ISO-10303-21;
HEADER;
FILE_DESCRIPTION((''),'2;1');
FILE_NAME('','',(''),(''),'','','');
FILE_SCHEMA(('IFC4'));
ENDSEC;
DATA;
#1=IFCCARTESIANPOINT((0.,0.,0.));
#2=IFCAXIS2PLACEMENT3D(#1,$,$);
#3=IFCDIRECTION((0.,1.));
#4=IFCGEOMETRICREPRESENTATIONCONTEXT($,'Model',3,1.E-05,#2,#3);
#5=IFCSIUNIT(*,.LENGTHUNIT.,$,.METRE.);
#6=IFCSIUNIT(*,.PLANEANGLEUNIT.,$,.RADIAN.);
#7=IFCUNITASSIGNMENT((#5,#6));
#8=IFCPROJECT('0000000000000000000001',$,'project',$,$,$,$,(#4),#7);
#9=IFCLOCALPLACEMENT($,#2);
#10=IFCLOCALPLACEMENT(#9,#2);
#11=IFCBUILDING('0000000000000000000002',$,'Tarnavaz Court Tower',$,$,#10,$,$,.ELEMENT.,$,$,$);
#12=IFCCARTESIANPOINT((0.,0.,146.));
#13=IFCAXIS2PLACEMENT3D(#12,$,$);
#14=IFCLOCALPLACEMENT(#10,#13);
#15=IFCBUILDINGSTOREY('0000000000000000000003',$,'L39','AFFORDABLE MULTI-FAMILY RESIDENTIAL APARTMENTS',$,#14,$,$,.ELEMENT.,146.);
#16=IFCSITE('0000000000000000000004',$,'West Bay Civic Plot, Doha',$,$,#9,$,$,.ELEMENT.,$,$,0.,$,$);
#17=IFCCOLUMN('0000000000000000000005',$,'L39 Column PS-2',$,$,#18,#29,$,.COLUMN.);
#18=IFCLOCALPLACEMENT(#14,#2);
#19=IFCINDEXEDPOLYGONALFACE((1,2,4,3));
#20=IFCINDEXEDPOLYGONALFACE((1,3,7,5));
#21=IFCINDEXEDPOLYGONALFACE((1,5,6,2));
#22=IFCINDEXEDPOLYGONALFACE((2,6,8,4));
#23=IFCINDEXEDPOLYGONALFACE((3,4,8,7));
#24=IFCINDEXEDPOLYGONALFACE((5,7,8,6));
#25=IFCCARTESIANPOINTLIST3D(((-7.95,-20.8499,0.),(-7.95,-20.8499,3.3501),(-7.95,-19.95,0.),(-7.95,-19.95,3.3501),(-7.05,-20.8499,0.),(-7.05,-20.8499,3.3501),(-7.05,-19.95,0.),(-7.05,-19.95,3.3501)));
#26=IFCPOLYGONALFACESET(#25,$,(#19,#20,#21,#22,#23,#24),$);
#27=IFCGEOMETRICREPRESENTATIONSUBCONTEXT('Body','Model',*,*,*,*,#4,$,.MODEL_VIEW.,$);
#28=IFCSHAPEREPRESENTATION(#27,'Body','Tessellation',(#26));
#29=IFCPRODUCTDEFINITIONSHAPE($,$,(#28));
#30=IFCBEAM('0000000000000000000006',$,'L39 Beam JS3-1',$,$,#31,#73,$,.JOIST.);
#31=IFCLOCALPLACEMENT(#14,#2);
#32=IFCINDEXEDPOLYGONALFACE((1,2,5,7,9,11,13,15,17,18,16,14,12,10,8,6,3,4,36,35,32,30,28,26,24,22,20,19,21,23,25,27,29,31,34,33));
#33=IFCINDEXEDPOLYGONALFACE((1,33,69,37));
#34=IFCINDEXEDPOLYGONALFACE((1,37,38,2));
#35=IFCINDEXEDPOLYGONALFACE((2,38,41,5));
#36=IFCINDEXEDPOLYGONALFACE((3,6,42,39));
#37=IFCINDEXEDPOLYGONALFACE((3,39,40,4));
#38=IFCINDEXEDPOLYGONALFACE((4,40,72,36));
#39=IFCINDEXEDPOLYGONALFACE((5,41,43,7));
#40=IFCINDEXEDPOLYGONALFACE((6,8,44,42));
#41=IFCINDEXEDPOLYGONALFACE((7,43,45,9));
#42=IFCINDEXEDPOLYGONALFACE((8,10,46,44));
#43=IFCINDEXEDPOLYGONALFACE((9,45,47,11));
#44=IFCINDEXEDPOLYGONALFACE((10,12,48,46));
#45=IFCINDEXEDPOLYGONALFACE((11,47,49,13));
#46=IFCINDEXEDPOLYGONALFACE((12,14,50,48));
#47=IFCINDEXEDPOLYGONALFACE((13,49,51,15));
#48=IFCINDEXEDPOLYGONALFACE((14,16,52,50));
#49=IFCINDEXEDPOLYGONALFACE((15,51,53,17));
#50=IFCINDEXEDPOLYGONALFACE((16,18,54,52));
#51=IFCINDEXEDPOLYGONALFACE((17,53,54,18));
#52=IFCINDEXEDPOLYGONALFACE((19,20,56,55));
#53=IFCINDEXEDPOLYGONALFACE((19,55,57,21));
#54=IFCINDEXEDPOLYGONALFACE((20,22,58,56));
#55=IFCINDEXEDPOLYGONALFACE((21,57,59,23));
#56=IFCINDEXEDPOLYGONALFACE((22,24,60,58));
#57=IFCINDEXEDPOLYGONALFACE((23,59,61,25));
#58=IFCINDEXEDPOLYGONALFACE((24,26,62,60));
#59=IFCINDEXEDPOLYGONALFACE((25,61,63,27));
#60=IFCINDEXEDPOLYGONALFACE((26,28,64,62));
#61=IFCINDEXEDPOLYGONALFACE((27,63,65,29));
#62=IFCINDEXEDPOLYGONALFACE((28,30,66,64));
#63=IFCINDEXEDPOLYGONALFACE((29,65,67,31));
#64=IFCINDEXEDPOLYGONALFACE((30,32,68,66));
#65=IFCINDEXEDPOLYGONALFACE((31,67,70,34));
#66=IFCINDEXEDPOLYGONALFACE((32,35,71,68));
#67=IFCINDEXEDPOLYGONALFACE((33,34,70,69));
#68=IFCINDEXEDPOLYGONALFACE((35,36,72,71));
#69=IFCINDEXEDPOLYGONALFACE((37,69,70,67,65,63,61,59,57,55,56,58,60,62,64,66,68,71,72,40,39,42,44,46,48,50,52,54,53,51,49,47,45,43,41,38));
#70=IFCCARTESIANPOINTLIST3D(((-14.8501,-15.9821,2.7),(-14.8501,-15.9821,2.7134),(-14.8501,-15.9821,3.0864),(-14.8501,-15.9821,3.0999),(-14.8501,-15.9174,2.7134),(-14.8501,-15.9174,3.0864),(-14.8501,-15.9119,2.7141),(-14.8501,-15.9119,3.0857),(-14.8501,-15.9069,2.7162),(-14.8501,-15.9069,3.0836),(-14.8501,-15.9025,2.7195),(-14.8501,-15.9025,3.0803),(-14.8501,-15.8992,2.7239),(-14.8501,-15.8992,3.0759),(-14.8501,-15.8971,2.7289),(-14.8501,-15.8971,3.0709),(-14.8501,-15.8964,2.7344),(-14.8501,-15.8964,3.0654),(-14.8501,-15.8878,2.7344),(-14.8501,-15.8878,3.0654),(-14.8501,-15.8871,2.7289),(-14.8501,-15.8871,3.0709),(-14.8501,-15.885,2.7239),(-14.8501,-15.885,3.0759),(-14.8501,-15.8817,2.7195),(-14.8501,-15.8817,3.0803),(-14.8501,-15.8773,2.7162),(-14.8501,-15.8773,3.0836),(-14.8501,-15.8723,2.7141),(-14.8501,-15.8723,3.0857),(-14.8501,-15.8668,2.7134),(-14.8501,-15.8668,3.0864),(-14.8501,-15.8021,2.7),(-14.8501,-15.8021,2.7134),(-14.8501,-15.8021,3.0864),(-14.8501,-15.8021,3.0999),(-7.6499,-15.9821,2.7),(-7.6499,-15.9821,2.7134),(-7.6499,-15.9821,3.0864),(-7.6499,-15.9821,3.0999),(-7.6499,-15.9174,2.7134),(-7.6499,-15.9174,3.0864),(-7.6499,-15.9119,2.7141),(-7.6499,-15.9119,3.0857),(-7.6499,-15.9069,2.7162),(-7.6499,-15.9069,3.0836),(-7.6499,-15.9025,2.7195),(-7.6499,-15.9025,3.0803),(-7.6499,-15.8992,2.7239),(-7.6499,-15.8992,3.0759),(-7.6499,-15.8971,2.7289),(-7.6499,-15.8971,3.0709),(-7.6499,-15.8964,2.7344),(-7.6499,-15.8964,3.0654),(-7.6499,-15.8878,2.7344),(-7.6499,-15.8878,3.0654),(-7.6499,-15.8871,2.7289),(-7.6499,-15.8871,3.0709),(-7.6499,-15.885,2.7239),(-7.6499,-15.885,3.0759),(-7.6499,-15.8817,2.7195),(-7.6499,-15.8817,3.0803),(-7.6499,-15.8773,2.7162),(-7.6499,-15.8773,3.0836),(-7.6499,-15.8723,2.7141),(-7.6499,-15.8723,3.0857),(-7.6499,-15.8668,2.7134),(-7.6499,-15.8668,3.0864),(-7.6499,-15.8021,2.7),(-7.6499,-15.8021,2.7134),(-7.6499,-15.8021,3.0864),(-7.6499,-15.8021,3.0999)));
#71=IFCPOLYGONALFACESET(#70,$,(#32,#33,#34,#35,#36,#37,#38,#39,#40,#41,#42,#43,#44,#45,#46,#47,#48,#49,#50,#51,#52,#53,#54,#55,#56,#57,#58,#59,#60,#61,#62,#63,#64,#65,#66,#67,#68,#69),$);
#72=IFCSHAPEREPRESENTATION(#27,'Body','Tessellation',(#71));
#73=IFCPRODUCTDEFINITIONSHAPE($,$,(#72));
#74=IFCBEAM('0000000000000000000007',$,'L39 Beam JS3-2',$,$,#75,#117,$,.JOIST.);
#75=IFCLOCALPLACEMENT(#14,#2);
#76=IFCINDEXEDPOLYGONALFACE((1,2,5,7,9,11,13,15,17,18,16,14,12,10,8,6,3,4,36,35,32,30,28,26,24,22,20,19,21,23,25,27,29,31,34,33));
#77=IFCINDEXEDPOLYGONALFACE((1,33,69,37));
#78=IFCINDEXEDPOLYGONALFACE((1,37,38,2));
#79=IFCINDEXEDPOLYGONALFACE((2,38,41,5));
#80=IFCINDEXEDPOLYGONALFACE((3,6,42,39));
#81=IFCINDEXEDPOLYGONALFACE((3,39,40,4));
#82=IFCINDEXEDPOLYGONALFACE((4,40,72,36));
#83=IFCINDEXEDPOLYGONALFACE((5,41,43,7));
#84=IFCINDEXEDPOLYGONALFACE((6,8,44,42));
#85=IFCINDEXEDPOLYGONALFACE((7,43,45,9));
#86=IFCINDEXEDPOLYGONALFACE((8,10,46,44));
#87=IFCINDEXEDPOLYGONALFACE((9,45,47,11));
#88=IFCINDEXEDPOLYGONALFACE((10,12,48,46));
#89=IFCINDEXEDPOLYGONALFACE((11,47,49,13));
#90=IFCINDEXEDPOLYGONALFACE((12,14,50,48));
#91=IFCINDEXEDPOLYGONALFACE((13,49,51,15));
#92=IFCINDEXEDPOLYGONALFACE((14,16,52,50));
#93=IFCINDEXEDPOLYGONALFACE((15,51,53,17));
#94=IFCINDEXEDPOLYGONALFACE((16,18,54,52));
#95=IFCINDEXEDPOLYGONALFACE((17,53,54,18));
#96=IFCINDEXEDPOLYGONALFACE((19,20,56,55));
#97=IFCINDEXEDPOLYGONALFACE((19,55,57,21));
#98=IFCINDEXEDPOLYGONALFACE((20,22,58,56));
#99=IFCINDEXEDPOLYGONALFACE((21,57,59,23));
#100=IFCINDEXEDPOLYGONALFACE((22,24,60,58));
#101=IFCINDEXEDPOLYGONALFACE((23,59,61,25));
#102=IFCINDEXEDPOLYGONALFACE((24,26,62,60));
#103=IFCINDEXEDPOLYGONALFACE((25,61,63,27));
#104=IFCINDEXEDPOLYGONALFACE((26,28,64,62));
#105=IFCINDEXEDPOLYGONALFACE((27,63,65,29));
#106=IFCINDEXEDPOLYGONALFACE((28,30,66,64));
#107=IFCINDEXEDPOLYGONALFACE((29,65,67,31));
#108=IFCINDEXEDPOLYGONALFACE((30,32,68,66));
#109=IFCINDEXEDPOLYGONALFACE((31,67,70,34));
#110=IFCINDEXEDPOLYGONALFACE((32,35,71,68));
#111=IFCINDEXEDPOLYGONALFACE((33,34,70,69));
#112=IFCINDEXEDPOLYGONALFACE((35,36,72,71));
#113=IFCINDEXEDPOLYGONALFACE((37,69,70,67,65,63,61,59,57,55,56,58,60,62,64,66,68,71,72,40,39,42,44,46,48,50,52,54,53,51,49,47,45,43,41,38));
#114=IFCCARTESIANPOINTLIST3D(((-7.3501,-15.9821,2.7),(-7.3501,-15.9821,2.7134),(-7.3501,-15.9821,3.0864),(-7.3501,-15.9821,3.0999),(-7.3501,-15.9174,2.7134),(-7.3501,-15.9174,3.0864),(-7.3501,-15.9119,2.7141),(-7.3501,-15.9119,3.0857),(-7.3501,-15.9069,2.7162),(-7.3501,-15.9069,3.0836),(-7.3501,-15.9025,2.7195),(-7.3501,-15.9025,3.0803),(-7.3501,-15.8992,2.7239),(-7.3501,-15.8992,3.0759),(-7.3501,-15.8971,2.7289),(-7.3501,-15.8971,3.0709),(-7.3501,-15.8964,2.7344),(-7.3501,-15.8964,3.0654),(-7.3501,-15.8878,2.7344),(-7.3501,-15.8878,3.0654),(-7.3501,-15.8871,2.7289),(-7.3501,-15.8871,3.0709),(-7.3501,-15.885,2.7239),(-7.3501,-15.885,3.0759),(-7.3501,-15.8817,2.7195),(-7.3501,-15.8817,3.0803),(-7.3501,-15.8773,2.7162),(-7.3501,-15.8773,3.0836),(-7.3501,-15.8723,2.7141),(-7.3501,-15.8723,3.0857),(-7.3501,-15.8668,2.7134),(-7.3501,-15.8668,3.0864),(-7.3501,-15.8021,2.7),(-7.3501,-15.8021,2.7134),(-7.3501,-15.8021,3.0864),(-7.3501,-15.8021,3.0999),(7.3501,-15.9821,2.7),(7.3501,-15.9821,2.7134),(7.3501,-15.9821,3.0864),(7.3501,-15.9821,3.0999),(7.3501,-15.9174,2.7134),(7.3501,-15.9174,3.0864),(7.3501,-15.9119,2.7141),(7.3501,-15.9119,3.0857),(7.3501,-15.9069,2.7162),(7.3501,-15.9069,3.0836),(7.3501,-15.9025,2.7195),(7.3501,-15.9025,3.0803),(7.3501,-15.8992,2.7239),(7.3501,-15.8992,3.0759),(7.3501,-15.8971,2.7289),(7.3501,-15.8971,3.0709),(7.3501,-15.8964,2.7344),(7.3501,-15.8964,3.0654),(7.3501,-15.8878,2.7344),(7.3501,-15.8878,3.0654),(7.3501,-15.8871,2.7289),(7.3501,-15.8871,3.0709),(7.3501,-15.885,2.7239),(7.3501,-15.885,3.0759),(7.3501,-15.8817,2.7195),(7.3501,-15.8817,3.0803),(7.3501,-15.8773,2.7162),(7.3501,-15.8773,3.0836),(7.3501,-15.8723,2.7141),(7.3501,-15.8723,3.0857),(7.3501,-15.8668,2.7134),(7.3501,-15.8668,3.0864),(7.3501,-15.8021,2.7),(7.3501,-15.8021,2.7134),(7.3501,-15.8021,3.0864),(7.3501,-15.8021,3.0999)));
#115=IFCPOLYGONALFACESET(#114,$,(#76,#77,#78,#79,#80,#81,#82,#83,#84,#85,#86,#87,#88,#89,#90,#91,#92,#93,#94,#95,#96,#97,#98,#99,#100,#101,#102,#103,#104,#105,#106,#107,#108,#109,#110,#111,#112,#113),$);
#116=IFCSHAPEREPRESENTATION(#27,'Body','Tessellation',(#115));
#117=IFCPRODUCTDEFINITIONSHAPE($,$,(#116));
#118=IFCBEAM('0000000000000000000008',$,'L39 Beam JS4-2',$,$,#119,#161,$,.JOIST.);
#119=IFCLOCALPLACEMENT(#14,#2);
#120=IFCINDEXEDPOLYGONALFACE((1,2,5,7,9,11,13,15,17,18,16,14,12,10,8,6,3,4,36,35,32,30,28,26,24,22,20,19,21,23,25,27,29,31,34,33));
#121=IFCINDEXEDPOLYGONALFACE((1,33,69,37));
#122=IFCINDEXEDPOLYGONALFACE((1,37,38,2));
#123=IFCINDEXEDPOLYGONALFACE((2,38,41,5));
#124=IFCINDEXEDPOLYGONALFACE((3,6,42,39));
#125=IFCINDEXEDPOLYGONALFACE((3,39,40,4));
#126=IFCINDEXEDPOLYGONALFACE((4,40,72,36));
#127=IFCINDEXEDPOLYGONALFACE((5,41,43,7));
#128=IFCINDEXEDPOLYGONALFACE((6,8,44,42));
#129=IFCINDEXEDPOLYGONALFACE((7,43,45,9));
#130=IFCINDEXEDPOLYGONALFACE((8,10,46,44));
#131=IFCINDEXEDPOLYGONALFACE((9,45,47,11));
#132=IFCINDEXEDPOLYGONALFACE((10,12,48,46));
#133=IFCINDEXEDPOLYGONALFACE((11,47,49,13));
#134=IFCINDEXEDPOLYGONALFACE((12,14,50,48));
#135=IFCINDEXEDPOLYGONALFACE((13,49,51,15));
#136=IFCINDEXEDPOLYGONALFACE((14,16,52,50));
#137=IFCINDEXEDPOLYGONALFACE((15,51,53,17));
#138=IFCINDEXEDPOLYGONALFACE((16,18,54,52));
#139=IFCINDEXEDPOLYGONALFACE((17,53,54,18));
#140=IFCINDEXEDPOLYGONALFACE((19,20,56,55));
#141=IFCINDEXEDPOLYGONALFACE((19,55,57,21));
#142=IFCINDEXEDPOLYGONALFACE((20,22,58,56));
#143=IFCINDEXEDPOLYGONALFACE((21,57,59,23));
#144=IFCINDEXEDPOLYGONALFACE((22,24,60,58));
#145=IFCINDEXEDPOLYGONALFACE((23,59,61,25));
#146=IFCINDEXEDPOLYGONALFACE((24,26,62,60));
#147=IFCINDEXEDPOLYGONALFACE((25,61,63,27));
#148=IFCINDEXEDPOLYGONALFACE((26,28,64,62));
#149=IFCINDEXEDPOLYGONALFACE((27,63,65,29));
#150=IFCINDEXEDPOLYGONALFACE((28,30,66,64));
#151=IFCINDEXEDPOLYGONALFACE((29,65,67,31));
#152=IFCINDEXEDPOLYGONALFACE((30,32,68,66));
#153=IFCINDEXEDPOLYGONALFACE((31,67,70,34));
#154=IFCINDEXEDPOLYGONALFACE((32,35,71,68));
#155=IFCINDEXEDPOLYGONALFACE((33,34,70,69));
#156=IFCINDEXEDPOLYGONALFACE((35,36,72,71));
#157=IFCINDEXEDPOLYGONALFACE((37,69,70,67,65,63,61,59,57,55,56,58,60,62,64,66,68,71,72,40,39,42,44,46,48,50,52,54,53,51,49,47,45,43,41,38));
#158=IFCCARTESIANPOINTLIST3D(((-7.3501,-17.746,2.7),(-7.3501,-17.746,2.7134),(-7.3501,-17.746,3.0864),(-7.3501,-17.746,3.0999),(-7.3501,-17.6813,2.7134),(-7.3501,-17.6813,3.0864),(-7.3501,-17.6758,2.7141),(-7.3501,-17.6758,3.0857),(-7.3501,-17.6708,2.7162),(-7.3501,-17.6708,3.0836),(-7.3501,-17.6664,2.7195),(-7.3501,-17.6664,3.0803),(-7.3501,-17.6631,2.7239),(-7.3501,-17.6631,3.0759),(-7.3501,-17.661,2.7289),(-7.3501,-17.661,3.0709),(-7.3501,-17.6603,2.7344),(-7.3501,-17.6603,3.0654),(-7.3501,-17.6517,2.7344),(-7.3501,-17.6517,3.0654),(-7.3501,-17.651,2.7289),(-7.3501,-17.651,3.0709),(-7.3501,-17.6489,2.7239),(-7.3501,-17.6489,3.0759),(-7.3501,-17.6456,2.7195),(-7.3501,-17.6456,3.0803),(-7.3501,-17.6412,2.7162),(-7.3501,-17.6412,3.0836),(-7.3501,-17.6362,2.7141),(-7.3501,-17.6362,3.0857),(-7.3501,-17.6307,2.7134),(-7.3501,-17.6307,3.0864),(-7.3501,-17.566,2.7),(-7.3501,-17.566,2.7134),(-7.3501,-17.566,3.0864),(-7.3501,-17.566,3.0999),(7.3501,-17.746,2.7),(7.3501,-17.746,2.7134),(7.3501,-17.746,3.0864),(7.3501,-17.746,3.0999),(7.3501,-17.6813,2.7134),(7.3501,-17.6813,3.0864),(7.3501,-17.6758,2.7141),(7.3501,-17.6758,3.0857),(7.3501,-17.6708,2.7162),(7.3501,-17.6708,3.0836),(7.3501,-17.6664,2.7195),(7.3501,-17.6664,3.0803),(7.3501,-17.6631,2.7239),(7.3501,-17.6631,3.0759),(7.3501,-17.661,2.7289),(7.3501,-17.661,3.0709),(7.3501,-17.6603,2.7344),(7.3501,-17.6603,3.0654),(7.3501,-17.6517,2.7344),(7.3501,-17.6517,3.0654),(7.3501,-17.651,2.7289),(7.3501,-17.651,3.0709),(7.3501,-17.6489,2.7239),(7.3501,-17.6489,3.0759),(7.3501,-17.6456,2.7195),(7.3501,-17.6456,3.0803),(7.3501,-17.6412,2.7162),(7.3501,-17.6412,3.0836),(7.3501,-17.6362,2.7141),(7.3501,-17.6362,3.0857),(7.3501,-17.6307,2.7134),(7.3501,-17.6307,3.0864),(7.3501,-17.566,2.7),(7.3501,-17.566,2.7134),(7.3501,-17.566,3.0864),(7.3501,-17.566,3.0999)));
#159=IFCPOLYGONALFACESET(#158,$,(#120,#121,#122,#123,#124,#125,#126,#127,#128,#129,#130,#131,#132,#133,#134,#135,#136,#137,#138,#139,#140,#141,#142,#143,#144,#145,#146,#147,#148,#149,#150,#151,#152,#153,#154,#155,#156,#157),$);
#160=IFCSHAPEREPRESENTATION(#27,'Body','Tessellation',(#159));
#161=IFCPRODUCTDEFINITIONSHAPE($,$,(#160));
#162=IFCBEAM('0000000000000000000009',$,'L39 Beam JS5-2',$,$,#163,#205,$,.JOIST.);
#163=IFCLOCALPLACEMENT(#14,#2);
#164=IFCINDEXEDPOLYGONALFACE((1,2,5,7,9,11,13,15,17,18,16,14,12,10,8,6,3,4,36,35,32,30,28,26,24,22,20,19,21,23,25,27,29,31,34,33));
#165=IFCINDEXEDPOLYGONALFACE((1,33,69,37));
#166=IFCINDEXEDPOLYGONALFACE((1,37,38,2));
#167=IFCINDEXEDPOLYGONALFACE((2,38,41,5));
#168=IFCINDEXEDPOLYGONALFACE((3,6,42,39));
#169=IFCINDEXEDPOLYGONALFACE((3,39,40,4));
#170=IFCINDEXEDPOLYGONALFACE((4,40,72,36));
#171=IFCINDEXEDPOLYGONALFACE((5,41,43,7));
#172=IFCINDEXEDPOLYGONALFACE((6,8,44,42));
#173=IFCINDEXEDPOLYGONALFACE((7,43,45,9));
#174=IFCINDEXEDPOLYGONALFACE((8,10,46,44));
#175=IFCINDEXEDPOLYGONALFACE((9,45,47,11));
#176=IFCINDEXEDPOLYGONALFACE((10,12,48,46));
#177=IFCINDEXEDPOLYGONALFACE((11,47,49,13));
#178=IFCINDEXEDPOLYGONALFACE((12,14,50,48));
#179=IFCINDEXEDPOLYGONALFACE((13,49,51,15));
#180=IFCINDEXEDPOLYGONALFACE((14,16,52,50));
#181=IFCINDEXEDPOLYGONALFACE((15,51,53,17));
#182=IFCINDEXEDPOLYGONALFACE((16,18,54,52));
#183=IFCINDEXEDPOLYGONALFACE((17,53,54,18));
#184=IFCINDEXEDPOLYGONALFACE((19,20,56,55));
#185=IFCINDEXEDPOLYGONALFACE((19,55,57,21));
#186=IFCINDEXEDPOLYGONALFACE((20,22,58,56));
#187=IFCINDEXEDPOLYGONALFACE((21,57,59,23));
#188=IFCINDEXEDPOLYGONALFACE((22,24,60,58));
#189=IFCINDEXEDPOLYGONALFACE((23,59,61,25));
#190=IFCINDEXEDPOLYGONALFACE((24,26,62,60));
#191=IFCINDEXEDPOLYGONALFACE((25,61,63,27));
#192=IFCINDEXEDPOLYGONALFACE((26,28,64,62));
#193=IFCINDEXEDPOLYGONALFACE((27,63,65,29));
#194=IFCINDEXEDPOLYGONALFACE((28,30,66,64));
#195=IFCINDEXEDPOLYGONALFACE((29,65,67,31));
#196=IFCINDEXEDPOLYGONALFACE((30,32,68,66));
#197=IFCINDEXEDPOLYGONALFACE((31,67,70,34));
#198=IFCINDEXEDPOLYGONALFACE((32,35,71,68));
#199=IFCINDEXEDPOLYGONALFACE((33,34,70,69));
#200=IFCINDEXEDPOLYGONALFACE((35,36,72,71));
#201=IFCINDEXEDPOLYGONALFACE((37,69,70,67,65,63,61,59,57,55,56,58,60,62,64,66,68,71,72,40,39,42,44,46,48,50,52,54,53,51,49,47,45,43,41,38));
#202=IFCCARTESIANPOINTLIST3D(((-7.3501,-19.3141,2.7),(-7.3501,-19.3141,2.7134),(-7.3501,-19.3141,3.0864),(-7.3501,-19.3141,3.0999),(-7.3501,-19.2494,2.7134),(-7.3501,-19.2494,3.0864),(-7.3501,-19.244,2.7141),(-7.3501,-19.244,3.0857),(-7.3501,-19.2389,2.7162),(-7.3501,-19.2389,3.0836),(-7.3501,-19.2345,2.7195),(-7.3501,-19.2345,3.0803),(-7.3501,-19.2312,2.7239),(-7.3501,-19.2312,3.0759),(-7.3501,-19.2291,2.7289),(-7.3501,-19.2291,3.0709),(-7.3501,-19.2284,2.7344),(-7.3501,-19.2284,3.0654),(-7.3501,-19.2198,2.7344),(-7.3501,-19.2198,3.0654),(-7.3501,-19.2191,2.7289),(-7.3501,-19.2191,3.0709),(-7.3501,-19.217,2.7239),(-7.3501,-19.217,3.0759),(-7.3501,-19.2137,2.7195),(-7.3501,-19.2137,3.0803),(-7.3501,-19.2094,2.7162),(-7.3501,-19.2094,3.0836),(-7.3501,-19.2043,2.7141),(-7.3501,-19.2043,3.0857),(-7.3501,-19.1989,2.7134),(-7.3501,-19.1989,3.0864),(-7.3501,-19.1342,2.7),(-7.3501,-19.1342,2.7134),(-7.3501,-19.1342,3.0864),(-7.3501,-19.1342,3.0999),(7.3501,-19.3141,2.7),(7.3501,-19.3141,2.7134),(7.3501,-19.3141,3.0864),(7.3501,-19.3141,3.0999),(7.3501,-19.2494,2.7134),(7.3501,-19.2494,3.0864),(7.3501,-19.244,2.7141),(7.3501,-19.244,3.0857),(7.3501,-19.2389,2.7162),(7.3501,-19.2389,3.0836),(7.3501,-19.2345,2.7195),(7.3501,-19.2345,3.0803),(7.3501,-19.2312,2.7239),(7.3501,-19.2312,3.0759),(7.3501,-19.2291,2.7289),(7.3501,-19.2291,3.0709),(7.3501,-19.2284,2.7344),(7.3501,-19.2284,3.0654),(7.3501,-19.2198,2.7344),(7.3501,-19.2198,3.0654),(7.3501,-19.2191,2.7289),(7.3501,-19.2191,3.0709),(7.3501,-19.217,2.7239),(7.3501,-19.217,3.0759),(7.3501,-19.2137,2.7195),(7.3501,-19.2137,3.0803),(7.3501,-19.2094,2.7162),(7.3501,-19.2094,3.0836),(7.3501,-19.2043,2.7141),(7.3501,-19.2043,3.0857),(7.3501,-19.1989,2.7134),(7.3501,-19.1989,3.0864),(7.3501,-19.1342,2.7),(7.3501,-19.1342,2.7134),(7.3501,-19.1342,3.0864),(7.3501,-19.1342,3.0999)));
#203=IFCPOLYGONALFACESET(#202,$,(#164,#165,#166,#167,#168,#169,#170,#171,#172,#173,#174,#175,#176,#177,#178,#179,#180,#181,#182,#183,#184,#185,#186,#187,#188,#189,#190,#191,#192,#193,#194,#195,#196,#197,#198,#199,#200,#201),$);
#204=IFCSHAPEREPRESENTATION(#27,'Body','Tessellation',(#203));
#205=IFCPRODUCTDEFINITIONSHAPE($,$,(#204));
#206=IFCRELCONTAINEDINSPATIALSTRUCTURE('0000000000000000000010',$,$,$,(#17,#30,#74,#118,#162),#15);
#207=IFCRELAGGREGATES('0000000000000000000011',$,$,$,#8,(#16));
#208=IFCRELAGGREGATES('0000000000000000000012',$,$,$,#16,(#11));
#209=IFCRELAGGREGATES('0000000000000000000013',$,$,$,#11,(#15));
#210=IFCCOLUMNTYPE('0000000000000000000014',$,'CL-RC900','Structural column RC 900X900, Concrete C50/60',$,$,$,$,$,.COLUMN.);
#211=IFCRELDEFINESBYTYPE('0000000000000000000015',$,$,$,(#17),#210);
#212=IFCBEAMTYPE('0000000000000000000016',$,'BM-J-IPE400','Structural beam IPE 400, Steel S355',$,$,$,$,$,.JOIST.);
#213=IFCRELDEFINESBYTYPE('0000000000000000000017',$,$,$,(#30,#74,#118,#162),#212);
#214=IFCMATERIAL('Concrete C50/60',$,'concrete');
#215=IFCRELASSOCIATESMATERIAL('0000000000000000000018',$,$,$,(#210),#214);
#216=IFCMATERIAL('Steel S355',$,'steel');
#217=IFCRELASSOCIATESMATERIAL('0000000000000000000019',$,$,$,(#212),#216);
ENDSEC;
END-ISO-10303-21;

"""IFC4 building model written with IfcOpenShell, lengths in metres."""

from ifc_helpers import new_model, si_unit, direction, frame, origin, origin_2d, place, context, subcontext, project, spatial, rectangle, i_section, extrude, material, material_profile, profile_set, type_object, element, save


model = new_model("IFC4")

# Units and contexts
model_context = context("Model", 3, precision=1e-05, world=origin(), true_north=direction((0.0, 1.0)))
body_context = subcontext(model_context, "Body", "Model", "MODEL_VIEW")
ifc_project = project(units=[si_unit("LENGTHUNIT", "METRE"), si_unit("PLANEANGLEUNIT", "RADIAN")], contexts=[model_context])

# Site, building, storey
site_placement = place(None, origin())
site = spatial("IfcSite", under=ifc_project, at=site_placement, Name="West Bay Civic Plot, Doha", CompositionType="ELEMENT", RefElevation=0.0)
building_placement = place(site_placement, origin())
building = spatial("IfcBuilding", under=site, at=building_placement, Name="Tarnavaz Court Tower", CompositionType="ELEMENT")
storey_placement = place(building_placement, frame((0.0, 0.0, 146.0)))
storey = spatial("IfcBuildingStorey", under=building, at=storey_placement, Name="L39", Description="AFFORDABLE MULTI-FAMILY RESIDENTIAL APARTMENTS", CompositionType="ELEMENT", Elevation=146.0)

# Column
ifc_material_1 = material(Name="Concrete C50/60", Category="concrete")
ifc_material_profile_1 = material_profile(ifc_material_1, rectangle(XDim=0.8999, YDim=0.8999, at=origin_2d()), Name="RC 900X900")
ifc_profile_set_1 = profile_set([ifc_material_profile_1], Name="Concrete C50/60")
column_type = type_object("IfcColumnType", Name="CL-RC900", Description="Structural column RC 900X900, Concrete C50/60", PredefinedType="COLUMN", material=ifc_profile_set_1)
column_placement = place(storey_placement, frame((-7.5, -20.3999, 0.0), z_axis=(0.0, 0.0, 1.0), x_axis=(1.0, 0.0, 0.0)))
element("IfcColumn", 1, at=column_placement, inside=storey, type_object=column_type, Name="L39 Column PS-2", PredefinedType="COLUMN", context=body_context, shape_type="SweptSolid", body=[
    extrude(rectangle(XDim=0.8999, YDim=0.8999, at=origin_2d()), origin(), (0.0, 0.0, 1.0), 3.3501),
])

# Beams
ifc_material_2 = material(Name="Steel S355", Category="steel")
ifc_material_profile_2 = material_profile(ifc_material_2, i_section(OverallWidth=0.1799, OverallDepth=0.3999, WebThickness=0.0085, FlangeThickness=0.0134, FilletRadius=0.021, at=origin_2d()), Name="IPE 400")
ifc_profile_set_2 = profile_set([ifc_material_profile_2], Name="Steel S355")
beam_type_1 = type_object("IfcBeamType", Name="BM-J-IPE400", Description="Structural beam IPE 400, Steel S355", PredefinedType="JOIST", material=ifc_profile_set_2)
beam_1_placement = place(storey_placement, frame((-14.8501, -15.8921, 2.8999), z_axis=(1.0, 0.0, 0.0), x_axis=(0.0, 1.0, 0.0)))
element("IfcBeam", 2, at=beam_1_placement, inside=storey, type_object=beam_type_1, Name="L39 Beam JS3-1", PredefinedType="JOIST", context=body_context, shape_type="SweptSolid", body=[
    extrude(i_section(OverallWidth=0.1799, OverallDepth=0.3999, WebThickness=0.0085, FlangeThickness=0.0134, FilletRadius=0.021, at=origin_2d()), origin(), (0.0, 0.0, 1.0), 7.2002),
])
for number, where, z_axis, x_axis, name in (
    (3, (-7.3501, -15.8921, 2.8999), (1.0, 0.0, 0.0), (0.0, 1.0, 0.0), "L39 Beam JS3-2"),
    (4, (-7.3501, -17.656, 2.8999), (1.0, 0.0, 0.0), (0.0, 1.0, 0.0), "L39 Beam JS4-2"),
    (5, (-7.3501, -19.2241, 2.8999), (1.0, 0.0, 0.0), (0.0, 1.0, 0.0), "L39 Beam JS5-2"),
):
    element("IfcBeam", number, at=place(storey_placement, frame(where, z_axis=z_axis, x_axis=x_axis)), inside=storey, type_object=beam_type_1, Name=name, PredefinedType="JOIST", context=body_context, shape_type="SweptSolid", body=[
        extrude(i_section(OverallWidth=0.1799, OverallDepth=0.3999, WebThickness=0.0085, FlangeThickness=0.0134, FilletRadius=0.021, at=origin_2d()), origin(), (0.0, 0.0, 1.0), 14.7002),
    ])

save(model, "model.ifc")
